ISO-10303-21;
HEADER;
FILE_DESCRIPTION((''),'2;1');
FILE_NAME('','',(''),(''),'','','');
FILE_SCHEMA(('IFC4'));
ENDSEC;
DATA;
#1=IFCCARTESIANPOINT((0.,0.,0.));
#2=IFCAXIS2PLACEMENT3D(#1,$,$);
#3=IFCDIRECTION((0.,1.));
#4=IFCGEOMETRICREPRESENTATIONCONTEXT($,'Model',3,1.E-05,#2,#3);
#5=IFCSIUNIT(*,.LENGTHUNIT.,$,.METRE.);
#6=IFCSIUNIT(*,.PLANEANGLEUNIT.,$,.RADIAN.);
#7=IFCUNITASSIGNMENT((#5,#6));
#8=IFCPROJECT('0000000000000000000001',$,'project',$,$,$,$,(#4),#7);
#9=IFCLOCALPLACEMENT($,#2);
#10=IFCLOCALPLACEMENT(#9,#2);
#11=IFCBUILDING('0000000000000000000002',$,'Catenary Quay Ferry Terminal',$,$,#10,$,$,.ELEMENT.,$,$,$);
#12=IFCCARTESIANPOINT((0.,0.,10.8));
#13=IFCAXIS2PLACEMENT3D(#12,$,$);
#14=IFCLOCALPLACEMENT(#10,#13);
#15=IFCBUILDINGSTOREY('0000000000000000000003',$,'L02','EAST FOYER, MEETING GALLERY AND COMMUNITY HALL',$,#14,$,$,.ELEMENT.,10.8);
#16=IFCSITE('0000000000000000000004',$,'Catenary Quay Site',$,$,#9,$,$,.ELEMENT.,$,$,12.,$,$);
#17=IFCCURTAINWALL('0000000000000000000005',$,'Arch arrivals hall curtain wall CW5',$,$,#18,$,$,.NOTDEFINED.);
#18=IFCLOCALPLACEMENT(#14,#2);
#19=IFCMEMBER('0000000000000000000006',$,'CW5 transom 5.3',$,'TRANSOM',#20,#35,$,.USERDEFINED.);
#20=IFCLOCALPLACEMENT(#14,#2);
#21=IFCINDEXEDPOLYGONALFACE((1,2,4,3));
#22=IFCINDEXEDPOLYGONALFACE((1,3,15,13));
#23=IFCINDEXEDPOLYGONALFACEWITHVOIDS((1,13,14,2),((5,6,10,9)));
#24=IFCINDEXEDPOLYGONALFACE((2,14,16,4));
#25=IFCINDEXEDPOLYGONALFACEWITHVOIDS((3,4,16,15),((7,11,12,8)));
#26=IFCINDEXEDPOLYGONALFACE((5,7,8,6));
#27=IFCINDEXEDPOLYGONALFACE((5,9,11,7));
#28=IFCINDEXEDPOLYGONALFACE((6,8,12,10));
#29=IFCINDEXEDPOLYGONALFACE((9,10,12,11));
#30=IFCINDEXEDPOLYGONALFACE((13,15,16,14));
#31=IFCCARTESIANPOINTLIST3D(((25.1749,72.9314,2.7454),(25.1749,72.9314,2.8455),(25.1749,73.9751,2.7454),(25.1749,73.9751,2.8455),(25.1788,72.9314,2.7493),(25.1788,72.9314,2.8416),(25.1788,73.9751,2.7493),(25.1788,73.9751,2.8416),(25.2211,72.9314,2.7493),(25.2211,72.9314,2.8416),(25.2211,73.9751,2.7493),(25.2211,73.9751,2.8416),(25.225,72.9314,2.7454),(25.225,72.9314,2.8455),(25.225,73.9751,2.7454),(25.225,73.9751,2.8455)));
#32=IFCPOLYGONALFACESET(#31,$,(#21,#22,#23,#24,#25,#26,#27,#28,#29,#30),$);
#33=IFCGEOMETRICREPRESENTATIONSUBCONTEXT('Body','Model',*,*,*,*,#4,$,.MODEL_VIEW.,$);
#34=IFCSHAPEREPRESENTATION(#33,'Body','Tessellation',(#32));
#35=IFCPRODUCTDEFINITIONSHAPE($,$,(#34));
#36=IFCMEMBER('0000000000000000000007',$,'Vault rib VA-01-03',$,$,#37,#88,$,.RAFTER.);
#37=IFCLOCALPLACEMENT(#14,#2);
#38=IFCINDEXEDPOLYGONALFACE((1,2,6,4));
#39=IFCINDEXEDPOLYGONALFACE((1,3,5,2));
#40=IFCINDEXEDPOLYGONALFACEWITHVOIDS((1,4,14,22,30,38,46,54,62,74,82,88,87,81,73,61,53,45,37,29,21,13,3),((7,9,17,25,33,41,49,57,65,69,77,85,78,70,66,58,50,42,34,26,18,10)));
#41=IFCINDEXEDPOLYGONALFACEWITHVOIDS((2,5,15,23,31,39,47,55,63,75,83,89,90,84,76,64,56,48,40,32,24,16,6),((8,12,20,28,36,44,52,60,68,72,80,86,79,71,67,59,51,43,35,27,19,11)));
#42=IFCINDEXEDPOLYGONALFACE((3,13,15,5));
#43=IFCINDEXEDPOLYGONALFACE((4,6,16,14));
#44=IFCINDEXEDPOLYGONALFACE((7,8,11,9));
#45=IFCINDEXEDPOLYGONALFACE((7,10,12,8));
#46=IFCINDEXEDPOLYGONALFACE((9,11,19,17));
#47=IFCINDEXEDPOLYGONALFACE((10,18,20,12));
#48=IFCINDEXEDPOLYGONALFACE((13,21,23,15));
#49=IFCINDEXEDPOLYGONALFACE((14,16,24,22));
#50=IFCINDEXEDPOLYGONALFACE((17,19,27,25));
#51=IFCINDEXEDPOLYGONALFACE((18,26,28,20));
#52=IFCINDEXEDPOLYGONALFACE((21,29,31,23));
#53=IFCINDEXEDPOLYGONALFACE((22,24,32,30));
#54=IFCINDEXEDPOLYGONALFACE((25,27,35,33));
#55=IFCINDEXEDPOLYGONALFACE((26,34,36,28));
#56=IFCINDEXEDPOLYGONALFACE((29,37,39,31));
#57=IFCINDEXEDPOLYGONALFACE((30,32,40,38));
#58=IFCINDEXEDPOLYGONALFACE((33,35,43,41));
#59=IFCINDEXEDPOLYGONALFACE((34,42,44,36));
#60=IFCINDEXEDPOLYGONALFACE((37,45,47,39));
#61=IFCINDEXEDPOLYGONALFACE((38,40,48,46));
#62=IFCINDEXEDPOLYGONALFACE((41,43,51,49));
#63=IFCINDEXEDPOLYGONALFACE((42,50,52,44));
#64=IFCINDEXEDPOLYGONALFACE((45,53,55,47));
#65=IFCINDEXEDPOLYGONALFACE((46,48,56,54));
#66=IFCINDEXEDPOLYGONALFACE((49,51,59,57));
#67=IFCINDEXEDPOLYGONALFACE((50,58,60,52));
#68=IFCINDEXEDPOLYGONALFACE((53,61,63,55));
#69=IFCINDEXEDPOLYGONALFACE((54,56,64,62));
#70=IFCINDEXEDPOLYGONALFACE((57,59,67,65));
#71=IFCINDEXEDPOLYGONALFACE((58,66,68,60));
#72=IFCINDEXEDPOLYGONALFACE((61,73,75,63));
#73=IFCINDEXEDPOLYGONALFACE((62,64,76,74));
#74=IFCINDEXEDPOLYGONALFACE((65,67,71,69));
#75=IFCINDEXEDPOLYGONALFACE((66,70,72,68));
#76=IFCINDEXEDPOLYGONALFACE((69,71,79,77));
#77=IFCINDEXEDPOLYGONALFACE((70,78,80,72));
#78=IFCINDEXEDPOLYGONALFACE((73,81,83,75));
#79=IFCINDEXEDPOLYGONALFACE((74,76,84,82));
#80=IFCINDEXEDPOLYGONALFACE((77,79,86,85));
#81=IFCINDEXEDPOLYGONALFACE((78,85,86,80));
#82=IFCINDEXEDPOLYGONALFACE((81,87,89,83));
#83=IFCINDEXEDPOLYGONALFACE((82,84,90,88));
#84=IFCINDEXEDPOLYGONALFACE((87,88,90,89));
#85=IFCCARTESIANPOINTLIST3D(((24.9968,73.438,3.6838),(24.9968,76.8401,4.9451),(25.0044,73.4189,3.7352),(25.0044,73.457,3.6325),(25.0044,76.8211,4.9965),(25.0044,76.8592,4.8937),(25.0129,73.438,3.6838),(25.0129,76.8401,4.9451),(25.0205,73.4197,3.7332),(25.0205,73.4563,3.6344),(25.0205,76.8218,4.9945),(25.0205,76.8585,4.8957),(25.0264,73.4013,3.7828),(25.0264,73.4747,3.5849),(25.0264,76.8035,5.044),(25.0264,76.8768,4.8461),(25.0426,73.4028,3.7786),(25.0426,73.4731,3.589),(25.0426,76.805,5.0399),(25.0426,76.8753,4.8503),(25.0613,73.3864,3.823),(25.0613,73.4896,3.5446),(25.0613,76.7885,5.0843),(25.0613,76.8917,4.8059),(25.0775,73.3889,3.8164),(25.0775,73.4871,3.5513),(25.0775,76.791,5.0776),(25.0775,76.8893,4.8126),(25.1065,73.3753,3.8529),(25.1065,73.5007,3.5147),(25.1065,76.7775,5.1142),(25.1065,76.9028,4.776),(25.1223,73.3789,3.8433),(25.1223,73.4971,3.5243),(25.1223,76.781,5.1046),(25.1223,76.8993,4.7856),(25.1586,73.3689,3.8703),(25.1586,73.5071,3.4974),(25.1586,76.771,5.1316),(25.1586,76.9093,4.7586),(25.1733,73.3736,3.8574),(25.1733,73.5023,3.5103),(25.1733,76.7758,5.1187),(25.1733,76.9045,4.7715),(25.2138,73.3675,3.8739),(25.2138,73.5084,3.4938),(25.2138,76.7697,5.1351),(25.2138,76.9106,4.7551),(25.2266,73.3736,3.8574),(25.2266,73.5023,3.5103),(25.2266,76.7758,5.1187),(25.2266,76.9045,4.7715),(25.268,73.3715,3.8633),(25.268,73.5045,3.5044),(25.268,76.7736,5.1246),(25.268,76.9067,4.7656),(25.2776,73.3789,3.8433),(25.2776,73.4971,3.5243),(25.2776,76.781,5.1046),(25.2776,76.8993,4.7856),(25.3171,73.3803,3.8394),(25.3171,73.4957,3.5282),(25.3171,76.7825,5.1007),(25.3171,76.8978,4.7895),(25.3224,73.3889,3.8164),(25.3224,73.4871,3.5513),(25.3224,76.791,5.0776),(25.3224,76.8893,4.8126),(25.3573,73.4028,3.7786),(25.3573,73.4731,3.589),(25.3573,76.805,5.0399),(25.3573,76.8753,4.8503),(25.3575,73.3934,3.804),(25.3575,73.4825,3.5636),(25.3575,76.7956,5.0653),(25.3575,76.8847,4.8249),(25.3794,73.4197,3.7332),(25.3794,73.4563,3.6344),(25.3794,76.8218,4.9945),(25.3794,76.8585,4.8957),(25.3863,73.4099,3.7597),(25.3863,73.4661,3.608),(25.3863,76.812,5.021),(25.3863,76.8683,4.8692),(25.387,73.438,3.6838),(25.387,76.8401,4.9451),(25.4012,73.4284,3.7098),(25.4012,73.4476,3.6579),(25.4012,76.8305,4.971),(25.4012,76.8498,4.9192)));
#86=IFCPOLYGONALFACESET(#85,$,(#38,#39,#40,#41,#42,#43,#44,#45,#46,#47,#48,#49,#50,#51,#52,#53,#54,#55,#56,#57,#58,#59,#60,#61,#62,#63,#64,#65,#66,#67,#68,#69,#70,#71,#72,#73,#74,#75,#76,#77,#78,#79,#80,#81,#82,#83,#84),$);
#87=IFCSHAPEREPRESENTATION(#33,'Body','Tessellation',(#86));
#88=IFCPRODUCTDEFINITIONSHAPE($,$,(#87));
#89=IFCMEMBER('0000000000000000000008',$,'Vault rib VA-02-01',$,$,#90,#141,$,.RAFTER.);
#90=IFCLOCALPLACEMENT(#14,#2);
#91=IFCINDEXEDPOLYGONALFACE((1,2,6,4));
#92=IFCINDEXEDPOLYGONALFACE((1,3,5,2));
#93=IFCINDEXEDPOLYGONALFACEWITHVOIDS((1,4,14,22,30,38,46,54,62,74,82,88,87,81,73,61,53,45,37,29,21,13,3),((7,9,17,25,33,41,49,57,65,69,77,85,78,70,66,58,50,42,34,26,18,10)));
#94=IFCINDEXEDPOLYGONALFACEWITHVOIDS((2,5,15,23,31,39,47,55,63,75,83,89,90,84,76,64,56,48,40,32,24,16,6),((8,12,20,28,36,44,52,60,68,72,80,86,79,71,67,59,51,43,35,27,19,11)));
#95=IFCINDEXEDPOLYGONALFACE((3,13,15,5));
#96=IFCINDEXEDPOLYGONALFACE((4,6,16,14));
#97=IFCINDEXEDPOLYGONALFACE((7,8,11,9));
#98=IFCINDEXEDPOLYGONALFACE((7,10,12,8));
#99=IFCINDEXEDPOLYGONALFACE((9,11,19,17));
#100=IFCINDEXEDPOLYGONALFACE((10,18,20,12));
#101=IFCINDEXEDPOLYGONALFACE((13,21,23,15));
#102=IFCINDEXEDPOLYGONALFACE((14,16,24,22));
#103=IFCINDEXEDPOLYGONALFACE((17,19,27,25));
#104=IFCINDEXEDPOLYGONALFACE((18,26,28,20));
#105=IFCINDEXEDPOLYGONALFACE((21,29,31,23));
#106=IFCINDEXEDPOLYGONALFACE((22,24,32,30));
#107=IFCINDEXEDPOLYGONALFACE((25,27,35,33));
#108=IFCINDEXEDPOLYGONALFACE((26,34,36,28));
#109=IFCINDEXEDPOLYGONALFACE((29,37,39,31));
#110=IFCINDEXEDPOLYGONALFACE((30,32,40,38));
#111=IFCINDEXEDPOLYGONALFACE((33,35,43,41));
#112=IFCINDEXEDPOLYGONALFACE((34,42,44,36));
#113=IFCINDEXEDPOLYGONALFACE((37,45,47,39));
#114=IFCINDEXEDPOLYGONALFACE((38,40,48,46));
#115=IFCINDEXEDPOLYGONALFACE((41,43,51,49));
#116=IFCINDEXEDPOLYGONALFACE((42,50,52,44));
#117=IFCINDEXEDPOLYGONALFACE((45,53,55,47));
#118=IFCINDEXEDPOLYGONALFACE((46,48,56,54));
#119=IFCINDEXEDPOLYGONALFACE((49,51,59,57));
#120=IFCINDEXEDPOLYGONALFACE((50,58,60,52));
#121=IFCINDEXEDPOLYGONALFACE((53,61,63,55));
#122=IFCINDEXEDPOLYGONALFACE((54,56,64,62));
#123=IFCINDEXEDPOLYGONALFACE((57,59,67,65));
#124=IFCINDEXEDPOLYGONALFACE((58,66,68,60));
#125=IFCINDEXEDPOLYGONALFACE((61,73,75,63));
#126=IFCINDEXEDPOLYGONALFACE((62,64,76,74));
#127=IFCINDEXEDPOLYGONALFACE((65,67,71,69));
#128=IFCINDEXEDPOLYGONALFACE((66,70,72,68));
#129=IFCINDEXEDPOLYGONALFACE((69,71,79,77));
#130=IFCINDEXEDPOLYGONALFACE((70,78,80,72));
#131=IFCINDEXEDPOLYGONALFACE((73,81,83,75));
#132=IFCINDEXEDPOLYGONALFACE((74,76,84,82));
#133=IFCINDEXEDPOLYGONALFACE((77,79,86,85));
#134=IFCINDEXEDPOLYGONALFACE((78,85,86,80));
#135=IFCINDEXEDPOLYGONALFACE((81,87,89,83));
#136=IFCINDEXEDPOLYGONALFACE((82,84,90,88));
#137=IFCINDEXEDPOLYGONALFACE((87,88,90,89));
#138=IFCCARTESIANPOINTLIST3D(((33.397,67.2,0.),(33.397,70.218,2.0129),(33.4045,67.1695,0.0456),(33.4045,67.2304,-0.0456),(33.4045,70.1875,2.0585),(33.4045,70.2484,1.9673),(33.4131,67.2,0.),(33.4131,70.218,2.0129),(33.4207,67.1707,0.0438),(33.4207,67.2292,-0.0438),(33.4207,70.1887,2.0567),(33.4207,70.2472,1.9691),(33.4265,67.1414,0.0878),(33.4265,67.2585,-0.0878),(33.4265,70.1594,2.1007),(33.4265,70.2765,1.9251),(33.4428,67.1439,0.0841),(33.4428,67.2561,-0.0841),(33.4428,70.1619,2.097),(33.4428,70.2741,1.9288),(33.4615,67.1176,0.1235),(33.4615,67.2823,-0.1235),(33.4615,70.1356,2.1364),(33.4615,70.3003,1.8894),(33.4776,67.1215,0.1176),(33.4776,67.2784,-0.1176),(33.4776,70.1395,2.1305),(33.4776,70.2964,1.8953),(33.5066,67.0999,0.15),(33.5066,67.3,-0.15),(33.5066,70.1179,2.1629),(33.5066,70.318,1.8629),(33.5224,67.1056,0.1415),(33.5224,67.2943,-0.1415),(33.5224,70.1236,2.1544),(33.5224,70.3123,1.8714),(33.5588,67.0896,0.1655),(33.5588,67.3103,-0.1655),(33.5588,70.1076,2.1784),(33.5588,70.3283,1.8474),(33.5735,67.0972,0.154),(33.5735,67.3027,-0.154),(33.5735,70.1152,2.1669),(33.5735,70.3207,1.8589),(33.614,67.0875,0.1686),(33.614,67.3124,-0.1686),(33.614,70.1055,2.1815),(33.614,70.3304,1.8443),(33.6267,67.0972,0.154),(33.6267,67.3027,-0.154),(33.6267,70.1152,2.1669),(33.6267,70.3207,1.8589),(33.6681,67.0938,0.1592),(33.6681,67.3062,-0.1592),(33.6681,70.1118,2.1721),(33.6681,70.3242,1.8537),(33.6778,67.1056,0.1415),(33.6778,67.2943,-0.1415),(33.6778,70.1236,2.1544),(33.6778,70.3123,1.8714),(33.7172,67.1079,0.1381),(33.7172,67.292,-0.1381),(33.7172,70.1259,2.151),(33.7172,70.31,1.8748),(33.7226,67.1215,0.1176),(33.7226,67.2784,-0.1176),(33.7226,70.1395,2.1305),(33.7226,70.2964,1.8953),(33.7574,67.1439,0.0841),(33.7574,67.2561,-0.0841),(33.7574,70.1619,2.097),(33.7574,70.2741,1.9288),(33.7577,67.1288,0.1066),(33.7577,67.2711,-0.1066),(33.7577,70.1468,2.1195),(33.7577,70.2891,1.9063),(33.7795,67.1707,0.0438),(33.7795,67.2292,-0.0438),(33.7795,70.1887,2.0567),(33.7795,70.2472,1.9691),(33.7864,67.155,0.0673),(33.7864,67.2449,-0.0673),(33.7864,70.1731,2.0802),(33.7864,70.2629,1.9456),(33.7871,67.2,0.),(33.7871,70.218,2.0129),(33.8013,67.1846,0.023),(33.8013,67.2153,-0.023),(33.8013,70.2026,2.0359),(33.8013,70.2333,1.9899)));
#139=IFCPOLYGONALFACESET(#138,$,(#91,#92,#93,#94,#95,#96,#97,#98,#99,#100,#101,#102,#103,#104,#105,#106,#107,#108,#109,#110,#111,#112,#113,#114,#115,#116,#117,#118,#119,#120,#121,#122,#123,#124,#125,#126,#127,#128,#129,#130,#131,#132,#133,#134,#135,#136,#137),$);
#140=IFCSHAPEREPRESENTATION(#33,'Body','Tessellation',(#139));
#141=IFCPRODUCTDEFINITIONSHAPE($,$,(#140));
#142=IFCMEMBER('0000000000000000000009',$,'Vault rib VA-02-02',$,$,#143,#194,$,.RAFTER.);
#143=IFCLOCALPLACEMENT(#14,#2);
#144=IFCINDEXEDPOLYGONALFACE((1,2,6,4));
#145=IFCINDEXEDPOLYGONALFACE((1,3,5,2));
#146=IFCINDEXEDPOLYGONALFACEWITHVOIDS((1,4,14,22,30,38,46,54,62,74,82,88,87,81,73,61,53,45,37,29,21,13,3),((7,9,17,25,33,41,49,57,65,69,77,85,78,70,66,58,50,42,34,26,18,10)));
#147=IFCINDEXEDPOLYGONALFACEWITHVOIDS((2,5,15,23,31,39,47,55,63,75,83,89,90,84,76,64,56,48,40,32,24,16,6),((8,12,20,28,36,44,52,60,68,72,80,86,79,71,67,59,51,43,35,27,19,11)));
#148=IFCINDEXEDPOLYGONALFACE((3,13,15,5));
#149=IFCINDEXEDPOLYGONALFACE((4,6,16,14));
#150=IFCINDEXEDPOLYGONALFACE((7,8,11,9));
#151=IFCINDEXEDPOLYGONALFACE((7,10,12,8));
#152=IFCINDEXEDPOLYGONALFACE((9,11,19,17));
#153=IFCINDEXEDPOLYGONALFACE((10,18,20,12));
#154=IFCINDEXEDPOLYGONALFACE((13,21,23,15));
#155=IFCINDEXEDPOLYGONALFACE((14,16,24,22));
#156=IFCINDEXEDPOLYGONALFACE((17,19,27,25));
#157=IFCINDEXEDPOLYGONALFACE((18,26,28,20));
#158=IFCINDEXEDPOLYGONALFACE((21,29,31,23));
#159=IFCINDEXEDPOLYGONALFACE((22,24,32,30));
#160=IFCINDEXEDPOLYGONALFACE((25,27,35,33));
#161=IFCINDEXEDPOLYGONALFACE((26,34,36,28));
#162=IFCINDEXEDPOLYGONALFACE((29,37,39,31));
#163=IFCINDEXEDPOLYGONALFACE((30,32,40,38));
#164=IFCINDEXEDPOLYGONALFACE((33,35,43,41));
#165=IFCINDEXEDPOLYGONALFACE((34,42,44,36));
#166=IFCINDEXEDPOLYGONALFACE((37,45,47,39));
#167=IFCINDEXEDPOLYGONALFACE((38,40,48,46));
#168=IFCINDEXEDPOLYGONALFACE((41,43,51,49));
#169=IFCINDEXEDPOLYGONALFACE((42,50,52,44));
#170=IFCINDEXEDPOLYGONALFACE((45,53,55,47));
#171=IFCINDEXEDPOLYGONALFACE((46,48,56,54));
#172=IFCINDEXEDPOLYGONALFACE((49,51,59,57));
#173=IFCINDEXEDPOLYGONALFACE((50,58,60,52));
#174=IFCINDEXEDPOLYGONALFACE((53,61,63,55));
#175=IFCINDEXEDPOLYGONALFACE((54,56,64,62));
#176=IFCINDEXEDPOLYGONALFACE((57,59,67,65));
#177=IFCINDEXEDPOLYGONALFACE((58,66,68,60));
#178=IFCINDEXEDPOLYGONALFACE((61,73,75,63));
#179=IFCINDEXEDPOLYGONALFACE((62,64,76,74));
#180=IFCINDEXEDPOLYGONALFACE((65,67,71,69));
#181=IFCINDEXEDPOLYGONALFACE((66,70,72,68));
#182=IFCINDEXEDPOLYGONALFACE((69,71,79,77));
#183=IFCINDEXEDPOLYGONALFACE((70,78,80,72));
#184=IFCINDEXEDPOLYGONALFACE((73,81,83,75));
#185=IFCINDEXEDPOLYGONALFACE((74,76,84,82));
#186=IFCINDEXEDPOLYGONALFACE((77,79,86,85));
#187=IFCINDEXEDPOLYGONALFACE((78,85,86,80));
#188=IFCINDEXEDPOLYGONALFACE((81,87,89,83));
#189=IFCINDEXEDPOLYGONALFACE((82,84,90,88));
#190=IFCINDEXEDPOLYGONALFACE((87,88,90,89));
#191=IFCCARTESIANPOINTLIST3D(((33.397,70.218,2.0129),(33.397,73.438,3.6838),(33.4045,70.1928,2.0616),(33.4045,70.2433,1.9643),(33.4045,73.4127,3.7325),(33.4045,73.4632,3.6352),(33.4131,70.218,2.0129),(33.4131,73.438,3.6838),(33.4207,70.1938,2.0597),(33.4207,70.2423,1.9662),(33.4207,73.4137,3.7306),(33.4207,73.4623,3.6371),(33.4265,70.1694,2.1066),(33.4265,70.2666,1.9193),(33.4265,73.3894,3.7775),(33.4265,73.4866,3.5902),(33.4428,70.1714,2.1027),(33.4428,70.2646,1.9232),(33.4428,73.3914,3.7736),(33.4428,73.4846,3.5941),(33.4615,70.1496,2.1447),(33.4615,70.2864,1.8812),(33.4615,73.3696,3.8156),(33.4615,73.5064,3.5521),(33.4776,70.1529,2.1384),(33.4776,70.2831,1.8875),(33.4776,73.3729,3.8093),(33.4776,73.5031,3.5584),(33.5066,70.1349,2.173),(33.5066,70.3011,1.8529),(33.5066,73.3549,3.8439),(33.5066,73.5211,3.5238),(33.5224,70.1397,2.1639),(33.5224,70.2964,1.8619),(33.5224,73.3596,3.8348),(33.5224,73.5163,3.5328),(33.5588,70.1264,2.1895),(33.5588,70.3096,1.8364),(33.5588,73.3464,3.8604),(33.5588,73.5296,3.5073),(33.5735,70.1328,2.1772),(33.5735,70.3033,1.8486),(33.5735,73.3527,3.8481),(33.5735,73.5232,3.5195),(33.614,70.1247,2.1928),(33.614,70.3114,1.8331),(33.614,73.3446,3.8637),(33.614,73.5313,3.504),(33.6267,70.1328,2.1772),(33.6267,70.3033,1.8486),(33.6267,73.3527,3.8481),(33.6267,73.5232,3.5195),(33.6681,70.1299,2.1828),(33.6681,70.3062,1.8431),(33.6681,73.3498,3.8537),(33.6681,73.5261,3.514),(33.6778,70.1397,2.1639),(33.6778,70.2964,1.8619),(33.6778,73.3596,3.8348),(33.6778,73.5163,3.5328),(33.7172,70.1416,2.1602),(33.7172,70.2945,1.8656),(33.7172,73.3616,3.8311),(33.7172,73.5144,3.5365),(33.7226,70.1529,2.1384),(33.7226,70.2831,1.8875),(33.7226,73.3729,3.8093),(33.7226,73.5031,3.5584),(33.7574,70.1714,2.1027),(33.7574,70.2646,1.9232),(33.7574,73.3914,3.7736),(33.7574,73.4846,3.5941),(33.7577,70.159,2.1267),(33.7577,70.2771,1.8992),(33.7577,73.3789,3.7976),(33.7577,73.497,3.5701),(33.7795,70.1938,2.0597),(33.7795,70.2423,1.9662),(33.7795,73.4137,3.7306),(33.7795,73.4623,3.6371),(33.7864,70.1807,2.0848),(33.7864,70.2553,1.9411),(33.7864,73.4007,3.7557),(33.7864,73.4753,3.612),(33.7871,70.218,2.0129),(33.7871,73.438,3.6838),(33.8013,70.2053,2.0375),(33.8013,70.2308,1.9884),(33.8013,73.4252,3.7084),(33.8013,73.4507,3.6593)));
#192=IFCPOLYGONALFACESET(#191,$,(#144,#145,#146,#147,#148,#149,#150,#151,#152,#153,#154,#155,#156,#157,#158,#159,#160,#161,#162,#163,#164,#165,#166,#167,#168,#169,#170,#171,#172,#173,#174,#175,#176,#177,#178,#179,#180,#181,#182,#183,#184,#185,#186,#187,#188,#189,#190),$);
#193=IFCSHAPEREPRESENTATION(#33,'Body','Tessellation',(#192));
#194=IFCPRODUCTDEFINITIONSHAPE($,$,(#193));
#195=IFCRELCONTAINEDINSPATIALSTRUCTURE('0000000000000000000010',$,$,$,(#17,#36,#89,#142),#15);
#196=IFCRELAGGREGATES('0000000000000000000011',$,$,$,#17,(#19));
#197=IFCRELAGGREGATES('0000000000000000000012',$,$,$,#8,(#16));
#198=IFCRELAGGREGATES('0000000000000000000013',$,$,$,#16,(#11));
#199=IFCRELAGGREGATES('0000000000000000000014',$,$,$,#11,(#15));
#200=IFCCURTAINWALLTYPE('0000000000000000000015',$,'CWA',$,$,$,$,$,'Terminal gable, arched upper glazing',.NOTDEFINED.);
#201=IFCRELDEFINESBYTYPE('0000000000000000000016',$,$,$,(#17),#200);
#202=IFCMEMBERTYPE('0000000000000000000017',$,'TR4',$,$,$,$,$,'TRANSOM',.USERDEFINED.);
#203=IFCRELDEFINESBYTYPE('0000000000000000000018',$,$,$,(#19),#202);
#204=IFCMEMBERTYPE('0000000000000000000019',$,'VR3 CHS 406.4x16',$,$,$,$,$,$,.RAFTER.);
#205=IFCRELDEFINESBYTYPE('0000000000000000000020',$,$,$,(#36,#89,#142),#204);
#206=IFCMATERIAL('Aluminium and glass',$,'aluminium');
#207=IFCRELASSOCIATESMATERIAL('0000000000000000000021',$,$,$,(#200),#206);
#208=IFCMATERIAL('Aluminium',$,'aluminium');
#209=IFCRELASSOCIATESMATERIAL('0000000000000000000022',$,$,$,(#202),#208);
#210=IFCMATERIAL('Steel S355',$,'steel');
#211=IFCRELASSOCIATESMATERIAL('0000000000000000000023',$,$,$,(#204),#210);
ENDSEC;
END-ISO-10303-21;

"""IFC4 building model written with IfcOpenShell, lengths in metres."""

from ifc_helpers import new_model, si_unit, direction, frame, origin, origin_2d, place, context, subcontext, project, spatial, hollow_rectangle, hollow_circle, extrude, material, material_profile, profile_set, type_object, element, aggregate, save


model = new_model("IFC4")

# Units and contexts
model_context = context("Model", 3, precision=1e-05, world=origin(), true_north=direction((0.0, 1.0)))
body_context = subcontext(model_context, "Body", "Model", "MODEL_VIEW")
ifc_project = project(units=[si_unit("LENGTHUNIT", "METRE"), si_unit("PLANEANGLEUNIT", "RADIAN")], contexts=[model_context])

# Site, building, storey
site_placement = place(None, origin())
site = spatial("IfcSite", under=ifc_project, at=site_placement, Name="Catenary Quay Site", CompositionType="ELEMENT", RefElevation=12.0)
building_placement = place(site_placement, origin())
building = spatial("IfcBuilding", under=site, at=building_placement, Name="Catenary Quay Ferry Terminal", CompositionType="ELEMENT")
storey_placement = place(building_placement, frame((0.0, 0.0, 10.8)))
storey = spatial("IfcBuildingStorey", under=building, at=storey_placement, Name="L02", Description="EAST FOYER, MEETING GALLERY AND COMMUNITY HALL", CompositionType="ELEMENT", Elevation=10.8)

# Curtain wall, member
ifc_material_1 = material(Name="Aluminium and glass", Category="aluminium")
curtain_wall_type = type_object("IfcCurtainWallType", Name="CWA", ElementType="Terminal gable, arched upper glazing", PredefinedType="NOTDEFINED", material=ifc_material_1)
curtain_wall_placement = place(storey_placement, origin())
curtain_wall = element("IfcCurtainWall", 1, at=curtain_wall_placement, inside=storey, type_object=curtain_wall_type, Name="Arch arrivals hall curtain wall CW5", PredefinedType="NOTDEFINED")
ifc_material_2 = material(Name="Aluminium", Category="aluminium")
ifc_material_profile_1 = material_profile(ifc_material_2, hollow_rectangle(XDim=0.05, YDim=0.1001, WallThickness=0.0039, at=origin_2d()), Name="TR4")
ifc_profile_set_1 = profile_set([ifc_material_profile_1], Name="Aluminium")
member_type_1 = type_object("IfcMemberType", Name="TR4", ElementType="TRANSOM", PredefinedType="USERDEFINED", material=ifc_profile_set_1)
member_1_placement = place(storey_placement, frame((25.2, 72.9314, 2.7954), z_axis=(0.0, 1.0, 0.0), x_axis=(-1.0, 0.0, 0.0)))
member_1 = element("IfcMember", 2, at=member_1_placement, type_object=member_type_1, Name="CW5 transom 5.3", ObjectType="TRANSOM", PredefinedType="USERDEFINED", context=body_context, shape_type="SweptSolid", body=[
    extrude(hollow_rectangle(XDim=0.05, YDim=0.1001, WallThickness=0.0039, at=origin_2d()), origin(), (0.0, 0.0, 1.0), 1.0437),
])

# Members
ifc_material_3 = material(Name="Steel S355", Category="steel")
ifc_material_profile_2 = material_profile(ifc_material_3, hollow_circle(Radius=0.2031, WallThickness=0.0161, at=origin_2d()), Name="CHS 406.4x16")
ifc_profile_set_2 = profile_set([ifc_material_profile_2], Name="Steel S355")
member_type_2 = type_object("IfcMemberType", Name="VR3 CHS 406.4x16", PredefinedType="RAFTER", material=ifc_profile_set_2)
member_2_placement = place(storey_placement, frame((25.2, 73.438, 3.6838), z_axis=(0.0, 0.937642, 0.347604), x_axis=(-1.0, 0.0, 0.0)))
element("IfcMember", 3, at=member_2_placement, inside=storey, type_object=member_type_2, Name="Vault rib VA-01-03", PredefinedType="RAFTER", context=body_context, shape_type="SweptSolid", body=[
    extrude(hollow_circle(Radius=0.2031, WallThickness=0.0161, at=origin_2d()), origin(), (0.0, 0.0, 1.0), 3.6284),
])
for number, where, z_axis, x_axis, name in (
    (4, (33.6001, 67.2, 0.0), (0.0, 0.831936, 0.554871), (-1.0, 0.0, 0.0), "Vault rib VA-02-01"),
    (5, (33.6001, 70.218, 2.0129), (0.0, 0.88761, 0.460596), (-1.0, 0.0, 0.0), "Vault rib VA-02-02"),
):
    element("IfcMember", number, at=place(storey_placement, frame(where, z_axis=z_axis, x_axis=x_axis)), inside=storey, type_object=member_type_2, Name=name, PredefinedType="RAFTER", context=body_context, shape_type="SweptSolid", body=[
        extrude(hollow_circle(Radius=0.2031, WallThickness=0.0161, at=origin_2d()), origin(), (0.0, 0.0, 1.0), 3.6277),
    ])

aggregate(curtain_wall, [member_1])

save(model, "model.ifc")
